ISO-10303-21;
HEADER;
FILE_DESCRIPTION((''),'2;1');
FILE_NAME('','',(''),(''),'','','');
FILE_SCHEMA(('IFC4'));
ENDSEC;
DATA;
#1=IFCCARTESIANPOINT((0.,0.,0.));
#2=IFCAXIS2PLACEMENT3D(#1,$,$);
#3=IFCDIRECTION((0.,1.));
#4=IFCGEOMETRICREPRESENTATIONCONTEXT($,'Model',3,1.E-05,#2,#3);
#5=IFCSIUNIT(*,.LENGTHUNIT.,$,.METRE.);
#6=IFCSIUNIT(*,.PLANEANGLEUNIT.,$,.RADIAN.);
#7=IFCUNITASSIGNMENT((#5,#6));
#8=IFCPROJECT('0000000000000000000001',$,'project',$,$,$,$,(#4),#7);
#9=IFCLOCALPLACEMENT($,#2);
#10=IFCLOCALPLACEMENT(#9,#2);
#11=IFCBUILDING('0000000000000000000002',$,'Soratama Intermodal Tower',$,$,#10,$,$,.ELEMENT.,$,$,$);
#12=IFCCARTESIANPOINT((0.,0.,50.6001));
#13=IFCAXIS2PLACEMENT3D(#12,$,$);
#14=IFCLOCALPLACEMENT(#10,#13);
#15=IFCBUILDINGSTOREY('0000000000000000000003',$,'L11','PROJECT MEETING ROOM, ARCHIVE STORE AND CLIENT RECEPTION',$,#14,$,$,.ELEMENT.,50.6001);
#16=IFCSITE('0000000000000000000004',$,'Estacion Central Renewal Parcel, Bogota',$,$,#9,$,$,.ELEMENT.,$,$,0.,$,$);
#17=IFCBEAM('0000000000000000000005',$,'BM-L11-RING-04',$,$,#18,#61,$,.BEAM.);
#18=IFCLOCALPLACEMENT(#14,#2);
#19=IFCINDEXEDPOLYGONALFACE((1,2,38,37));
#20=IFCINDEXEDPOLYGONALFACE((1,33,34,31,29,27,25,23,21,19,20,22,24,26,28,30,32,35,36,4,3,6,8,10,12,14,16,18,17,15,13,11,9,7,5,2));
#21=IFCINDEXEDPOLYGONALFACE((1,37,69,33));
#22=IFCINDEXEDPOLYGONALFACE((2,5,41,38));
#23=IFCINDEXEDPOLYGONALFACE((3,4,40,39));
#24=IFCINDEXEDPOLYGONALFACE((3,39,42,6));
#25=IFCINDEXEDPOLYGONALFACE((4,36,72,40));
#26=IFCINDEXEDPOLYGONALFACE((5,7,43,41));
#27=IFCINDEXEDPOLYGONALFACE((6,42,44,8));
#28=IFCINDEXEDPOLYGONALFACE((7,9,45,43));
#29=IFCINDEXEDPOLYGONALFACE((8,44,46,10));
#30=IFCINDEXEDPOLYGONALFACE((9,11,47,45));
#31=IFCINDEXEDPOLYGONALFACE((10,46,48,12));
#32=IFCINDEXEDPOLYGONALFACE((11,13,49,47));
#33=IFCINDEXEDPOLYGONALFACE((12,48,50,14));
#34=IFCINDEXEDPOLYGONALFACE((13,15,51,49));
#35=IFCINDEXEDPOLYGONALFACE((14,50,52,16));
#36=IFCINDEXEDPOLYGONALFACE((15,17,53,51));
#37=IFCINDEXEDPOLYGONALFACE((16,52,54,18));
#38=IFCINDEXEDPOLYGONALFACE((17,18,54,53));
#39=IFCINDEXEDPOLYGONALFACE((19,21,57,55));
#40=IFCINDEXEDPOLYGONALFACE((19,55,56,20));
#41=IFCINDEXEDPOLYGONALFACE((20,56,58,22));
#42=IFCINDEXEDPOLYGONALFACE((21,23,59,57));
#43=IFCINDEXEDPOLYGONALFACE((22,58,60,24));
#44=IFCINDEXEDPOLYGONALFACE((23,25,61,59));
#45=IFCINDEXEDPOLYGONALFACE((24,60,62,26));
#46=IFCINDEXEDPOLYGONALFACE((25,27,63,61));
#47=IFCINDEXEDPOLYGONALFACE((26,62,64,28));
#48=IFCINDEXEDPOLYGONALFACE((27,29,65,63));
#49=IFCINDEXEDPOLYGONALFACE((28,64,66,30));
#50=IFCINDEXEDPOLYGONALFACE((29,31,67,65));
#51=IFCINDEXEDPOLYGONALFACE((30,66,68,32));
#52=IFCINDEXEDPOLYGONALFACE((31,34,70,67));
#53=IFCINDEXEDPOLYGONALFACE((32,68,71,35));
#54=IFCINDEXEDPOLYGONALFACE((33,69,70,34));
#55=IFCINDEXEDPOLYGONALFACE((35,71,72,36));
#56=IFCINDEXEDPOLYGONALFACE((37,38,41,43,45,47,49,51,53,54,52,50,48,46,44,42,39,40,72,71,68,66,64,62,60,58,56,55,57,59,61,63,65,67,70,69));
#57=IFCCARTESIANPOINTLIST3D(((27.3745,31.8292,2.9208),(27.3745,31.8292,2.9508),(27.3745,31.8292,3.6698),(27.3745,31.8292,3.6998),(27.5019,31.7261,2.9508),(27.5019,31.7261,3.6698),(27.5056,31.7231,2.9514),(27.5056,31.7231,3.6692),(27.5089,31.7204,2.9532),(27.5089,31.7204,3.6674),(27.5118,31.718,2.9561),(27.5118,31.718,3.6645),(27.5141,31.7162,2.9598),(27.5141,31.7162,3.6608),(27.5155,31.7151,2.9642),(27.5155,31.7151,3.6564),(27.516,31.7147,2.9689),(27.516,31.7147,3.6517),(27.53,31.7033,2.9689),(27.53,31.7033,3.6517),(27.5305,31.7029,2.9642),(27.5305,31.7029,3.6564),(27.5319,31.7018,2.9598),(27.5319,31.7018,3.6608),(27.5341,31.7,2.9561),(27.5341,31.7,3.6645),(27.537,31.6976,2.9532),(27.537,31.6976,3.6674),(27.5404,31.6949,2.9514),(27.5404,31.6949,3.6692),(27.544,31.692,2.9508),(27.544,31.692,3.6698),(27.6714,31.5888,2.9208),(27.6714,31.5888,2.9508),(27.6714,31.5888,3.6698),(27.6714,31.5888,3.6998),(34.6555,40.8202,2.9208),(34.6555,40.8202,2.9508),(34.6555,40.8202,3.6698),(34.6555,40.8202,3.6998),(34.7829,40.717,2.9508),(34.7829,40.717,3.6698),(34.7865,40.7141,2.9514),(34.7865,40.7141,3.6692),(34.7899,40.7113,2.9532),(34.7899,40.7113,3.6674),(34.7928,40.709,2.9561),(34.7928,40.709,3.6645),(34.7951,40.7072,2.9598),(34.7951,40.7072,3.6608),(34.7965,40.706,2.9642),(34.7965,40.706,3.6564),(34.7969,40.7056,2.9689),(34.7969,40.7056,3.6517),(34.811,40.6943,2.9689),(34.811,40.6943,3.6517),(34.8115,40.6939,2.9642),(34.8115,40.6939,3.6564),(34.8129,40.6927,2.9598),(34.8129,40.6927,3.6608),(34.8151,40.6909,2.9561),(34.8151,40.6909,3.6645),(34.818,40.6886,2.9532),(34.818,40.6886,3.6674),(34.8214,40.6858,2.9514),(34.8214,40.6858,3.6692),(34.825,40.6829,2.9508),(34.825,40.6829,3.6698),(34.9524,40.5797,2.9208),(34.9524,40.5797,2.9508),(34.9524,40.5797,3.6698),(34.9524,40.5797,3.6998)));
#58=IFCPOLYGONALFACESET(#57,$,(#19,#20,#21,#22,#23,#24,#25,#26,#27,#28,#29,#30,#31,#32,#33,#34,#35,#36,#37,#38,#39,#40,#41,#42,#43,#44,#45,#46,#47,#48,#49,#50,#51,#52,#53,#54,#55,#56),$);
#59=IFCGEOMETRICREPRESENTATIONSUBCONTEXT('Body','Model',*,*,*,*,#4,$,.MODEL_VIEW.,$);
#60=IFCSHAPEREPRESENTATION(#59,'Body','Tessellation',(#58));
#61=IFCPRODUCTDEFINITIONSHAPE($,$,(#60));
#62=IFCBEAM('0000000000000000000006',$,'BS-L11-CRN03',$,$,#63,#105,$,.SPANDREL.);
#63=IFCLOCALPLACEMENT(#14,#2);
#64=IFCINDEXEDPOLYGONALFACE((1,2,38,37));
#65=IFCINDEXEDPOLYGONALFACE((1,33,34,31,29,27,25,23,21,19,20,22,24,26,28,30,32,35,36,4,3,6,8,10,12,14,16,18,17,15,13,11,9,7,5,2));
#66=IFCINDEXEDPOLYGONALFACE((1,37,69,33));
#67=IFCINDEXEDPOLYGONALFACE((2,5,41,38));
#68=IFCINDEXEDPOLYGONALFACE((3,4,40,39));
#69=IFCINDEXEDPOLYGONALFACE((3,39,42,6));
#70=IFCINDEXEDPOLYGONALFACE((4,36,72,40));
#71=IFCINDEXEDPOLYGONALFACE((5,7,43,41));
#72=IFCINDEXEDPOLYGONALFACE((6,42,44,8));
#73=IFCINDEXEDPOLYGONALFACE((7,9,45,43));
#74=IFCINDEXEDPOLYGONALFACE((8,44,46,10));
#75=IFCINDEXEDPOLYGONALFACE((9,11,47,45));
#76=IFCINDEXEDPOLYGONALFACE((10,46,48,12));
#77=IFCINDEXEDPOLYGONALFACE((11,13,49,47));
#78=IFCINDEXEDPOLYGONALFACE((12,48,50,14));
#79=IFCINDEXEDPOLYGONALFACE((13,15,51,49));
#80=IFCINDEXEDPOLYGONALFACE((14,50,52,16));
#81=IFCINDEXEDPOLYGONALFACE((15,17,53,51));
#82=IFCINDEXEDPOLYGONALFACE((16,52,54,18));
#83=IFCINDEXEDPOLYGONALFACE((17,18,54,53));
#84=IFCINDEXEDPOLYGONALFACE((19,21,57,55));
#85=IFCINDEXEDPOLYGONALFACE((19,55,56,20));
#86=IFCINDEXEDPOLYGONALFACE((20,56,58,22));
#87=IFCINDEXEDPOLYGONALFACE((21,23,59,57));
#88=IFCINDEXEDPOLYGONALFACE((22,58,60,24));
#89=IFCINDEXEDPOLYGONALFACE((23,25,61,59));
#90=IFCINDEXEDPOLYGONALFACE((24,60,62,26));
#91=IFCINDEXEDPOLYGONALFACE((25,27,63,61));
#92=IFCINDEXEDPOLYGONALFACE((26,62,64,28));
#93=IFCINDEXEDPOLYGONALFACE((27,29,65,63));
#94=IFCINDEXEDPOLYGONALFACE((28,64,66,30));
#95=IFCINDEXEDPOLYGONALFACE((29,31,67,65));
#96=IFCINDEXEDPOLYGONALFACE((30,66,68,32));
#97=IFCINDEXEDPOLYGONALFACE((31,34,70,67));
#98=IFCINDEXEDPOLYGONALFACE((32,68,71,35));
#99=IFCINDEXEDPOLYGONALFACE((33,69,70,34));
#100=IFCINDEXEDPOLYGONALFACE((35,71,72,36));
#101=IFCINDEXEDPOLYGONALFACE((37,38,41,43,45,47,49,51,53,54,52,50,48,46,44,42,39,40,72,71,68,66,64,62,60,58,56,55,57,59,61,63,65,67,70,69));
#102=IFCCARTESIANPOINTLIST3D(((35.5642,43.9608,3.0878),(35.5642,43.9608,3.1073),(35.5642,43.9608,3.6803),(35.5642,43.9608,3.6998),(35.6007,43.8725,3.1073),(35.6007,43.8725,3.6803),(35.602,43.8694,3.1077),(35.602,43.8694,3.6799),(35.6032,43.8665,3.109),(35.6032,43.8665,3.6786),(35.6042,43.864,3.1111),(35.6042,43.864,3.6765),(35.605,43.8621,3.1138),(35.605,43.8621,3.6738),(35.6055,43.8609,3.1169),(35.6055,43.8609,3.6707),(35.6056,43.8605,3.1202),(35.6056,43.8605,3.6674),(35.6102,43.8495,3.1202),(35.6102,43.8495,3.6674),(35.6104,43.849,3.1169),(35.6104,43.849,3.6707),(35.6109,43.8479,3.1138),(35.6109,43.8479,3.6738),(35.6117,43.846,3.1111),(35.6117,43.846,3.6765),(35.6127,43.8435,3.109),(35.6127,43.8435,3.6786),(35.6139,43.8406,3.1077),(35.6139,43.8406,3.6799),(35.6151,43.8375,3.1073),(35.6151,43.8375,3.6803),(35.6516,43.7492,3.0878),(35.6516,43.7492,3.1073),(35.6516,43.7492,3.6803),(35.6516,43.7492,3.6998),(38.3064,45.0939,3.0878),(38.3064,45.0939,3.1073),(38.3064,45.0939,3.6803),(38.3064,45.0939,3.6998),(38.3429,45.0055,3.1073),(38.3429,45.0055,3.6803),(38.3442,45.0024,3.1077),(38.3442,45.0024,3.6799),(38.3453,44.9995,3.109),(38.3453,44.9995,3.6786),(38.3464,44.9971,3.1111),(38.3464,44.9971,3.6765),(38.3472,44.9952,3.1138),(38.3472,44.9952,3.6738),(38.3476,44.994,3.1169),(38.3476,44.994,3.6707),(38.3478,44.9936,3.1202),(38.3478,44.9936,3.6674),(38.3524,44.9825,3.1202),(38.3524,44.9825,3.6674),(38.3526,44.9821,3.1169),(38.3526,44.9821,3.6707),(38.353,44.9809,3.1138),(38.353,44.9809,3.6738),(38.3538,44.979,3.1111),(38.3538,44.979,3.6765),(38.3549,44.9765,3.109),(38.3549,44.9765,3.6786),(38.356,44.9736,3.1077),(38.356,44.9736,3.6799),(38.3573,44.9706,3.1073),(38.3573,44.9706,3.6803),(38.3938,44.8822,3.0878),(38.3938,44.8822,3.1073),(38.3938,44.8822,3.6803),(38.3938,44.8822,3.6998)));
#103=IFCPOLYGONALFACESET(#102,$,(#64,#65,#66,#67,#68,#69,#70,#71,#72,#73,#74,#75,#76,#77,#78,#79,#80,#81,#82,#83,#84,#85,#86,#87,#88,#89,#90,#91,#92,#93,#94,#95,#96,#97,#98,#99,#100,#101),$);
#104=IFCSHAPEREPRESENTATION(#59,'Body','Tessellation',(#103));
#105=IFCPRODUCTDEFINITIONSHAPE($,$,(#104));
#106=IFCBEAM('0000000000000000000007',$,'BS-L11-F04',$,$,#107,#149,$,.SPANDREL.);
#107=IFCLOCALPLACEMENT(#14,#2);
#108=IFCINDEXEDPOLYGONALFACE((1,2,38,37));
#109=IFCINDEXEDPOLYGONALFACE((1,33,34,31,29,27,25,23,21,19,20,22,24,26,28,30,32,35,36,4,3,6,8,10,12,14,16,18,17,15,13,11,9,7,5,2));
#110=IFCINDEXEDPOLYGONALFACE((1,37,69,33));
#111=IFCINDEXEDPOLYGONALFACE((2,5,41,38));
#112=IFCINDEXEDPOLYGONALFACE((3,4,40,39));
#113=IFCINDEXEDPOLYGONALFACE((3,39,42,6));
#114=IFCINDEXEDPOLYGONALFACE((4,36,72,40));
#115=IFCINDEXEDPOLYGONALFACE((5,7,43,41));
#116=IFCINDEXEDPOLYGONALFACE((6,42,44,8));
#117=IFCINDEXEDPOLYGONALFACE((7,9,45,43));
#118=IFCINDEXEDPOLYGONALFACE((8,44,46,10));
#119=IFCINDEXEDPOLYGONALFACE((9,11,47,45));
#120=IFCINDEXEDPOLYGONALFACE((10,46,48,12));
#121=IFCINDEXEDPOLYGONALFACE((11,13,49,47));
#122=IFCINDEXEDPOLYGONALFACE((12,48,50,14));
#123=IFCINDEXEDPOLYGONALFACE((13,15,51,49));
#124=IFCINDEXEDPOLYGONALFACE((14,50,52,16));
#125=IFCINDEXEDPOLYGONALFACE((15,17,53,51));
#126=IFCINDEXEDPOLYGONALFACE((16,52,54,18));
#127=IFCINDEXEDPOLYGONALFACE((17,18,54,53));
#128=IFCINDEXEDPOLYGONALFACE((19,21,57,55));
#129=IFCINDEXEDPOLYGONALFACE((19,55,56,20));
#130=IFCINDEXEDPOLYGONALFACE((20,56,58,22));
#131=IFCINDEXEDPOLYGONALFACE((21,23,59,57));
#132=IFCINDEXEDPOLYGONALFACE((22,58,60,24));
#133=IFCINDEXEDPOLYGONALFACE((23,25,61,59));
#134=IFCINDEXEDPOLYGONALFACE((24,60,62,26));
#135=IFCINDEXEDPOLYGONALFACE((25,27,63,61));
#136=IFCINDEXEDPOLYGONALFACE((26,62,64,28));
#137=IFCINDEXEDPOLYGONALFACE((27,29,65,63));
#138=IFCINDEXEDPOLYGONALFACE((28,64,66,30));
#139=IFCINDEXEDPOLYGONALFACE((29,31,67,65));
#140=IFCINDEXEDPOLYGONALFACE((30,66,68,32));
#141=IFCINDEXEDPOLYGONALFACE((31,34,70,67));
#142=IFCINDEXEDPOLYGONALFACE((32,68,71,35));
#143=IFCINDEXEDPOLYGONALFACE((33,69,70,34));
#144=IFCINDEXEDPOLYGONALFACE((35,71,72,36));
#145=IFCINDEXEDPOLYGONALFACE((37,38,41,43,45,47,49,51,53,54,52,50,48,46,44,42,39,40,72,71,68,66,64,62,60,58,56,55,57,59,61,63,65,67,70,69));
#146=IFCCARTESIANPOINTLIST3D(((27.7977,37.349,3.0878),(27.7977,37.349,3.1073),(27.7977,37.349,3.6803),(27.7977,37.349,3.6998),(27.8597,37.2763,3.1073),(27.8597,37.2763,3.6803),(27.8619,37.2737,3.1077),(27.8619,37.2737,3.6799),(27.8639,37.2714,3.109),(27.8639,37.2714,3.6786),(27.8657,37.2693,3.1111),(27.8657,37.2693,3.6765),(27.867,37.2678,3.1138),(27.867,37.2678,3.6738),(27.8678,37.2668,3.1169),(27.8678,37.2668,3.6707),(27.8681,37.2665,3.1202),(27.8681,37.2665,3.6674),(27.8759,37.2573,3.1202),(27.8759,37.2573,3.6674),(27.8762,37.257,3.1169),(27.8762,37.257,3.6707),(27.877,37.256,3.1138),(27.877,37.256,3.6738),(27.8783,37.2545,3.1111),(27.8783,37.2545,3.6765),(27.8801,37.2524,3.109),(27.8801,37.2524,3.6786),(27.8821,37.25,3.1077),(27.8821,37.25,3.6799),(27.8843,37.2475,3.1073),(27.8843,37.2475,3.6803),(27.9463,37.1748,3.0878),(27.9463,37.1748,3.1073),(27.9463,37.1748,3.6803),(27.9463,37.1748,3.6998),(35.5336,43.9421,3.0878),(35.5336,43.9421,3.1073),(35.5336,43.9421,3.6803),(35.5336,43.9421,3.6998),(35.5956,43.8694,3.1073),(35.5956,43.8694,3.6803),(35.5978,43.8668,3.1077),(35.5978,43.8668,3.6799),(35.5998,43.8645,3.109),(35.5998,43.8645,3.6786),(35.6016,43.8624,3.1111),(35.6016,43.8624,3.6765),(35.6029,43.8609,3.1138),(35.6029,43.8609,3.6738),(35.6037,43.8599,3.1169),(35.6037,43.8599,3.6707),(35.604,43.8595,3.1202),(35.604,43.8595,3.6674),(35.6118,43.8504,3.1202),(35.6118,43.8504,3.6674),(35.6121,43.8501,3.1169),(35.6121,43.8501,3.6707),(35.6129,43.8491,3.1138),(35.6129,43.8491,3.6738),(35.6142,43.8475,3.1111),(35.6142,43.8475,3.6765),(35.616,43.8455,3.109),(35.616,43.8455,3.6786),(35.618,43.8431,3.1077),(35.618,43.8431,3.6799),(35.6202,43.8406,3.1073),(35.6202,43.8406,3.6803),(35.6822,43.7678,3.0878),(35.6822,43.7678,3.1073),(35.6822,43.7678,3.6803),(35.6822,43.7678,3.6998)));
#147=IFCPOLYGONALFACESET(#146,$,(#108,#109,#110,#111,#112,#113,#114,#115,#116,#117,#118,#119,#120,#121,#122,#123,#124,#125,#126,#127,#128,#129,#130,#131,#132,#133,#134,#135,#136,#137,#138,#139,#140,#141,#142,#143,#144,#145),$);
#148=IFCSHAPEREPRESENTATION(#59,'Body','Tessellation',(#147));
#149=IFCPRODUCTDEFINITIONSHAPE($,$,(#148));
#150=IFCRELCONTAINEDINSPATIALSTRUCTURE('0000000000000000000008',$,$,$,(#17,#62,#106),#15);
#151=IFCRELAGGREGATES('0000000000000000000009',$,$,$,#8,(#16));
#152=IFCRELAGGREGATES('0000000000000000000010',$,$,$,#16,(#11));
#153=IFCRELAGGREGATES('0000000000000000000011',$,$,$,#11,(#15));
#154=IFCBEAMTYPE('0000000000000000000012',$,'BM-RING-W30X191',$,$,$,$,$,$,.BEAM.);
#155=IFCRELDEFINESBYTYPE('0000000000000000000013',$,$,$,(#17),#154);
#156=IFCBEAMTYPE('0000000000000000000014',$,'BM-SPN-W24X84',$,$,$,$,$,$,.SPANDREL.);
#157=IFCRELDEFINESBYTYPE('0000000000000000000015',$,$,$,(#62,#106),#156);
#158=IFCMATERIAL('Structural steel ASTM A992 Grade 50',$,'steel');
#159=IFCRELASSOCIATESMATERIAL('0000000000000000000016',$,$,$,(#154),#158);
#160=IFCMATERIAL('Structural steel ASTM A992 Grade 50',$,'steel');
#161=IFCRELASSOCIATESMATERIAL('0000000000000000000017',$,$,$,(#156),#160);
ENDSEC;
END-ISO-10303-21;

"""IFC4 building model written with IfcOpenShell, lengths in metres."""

from ifc_helpers import new_model, si_unit, direction, frame, origin, origin_2d, place, context, subcontext, project, spatial, i_section, extrude, material, material_profile, profile_set, type_object, element, save


model = new_model("IFC4")

# Units and contexts
model_context = context("Model", 3, precision=1e-05, world=origin(), true_north=direction((0.0, 1.0)))
body_context = subcontext(model_context, "Body", "Model", "MODEL_VIEW")
ifc_project = project(units=[si_unit("LENGTHUNIT", "METRE"), si_unit("PLANEANGLEUNIT", "RADIAN")], contexts=[model_context])

# Site, building, storey
site_placement = place(None, origin())
site = spatial("IfcSite", under=ifc_project, at=site_placement, Name="Estacion Central Renewal Parcel, Bogota", CompositionType="ELEMENT", RefElevation=0.0)
building_placement = place(site_placement, origin())
building = spatial("IfcBuilding", under=site, at=building_placement, Name="Soratama Intermodal Tower", CompositionType="ELEMENT")
storey_placement = place(building_placement, frame((0.0, 0.0, 50.6001)))
storey = spatial("IfcBuildingStorey", under=building, at=storey_placement, Name="L11", Description="PROJECT MEETING ROOM, ARCHIVE STORE AND CLIENT RECEPTION", CompositionType="ELEMENT", Elevation=50.6001)

# Beams
ifc_material_1 = material(Name="Structural steel ASTM A992 Grade 50", Category="steel")
ifc_material_profile_1 = material_profile(ifc_material_1, i_section(OverallWidth=0.3821, OverallDepth=0.7791, WebThickness=0.0181, FlangeThickness=0.03, FilletRadius=0.0181, at=origin_2d()), Name="W30X191")
ifc_profile_set_1 = profile_set([ifc_material_profile_1], Name="Structural steel ASTM A992 Grade 50")
beam_type_1 = type_object("IfcBeamType", Name="BM-RING-W30X191", PredefinedType="BEAM", material=ifc_profile_set_1)
beam_1_placement = place(storey_placement, frame((34.804, 40.7, 3.3103), z_axis=(-0.629334, -0.777135, 0.0), x_axis=(0.777135, -0.629334, 0.0)))
element("IfcBeam", 1, at=beam_1_placement, inside=storey, type_object=beam_type_1, Name="BM-L11-RING-04", PredefinedType="BEAM", context=body_context, shape_type="SweptSolid", body=[
    extrude(i_section(OverallWidth=0.3821, OverallDepth=0.7791, WebThickness=0.0181, FlangeThickness=0.03, FilletRadius=0.0181, at=origin_2d()), origin(), (0.0, 0.0, 1.0), 11.5693),
])
ifc_material_2 = material(Name="Structural steel ASTM A992 Grade 50", Category="steel")
ifc_material_profile_2 = material_profile(ifc_material_2, i_section(OverallWidth=0.229, OverallDepth=0.6121, WebThickness=0.012, FlangeThickness=0.0195, FilletRadius=0.0129, at=origin_2d()), Name="W24X84")
ifc_profile_set_2 = profile_set([ifc_material_profile_2], Name="Structural steel ASTM A992 Grade 50")
beam_type_2 = type_object("IfcBeamType", Name="BM-SPN-W24X84", PredefinedType="SPANDREL", material=ifc_profile_set_2)
beam_2_placement = place(storey_placement, frame((38.3501, 44.988, 3.3938), z_axis=(-0.924212, -0.381879, 0.0), x_axis=(0.381879, -0.924212, 0.0)))
element("IfcBeam", 2, at=beam_2_placement, inside=storey, type_object=beam_type_2, Name="BS-L11-CRN03", PredefinedType="SPANDREL", context=body_context, shape_type="SweptSolid", body=[
    extrude(i_section(OverallWidth=0.229, OverallDepth=0.6121, WebThickness=0.012, FlangeThickness=0.0195, FilletRadius=0.0129, at=origin_2d()), origin(), (0.0, 0.0, 1.0), 2.967),
])
beam_3_placement = place(storey_placement, frame((35.6079, 43.855, 3.3938), z_axis=(-0.761086, -0.64865, 0.0), x_axis=(0.64865, -0.761086, 0.0)))
element("IfcBeam", 3, at=beam_3_placement, inside=storey, type_object=beam_type_2, Name="BS-L11-F04", PredefinedType="SPANDREL", context=body_context, shape_type="SweptSolid", body=[
    extrude(i_section(OverallWidth=0.229, OverallDepth=0.6121, WebThickness=0.012, FlangeThickness=0.0195, FilletRadius=0.0129, at=origin_2d()), origin(), (0.0, 0.0, 1.0), 10.1643),
])

save(model, "model.ifc")
